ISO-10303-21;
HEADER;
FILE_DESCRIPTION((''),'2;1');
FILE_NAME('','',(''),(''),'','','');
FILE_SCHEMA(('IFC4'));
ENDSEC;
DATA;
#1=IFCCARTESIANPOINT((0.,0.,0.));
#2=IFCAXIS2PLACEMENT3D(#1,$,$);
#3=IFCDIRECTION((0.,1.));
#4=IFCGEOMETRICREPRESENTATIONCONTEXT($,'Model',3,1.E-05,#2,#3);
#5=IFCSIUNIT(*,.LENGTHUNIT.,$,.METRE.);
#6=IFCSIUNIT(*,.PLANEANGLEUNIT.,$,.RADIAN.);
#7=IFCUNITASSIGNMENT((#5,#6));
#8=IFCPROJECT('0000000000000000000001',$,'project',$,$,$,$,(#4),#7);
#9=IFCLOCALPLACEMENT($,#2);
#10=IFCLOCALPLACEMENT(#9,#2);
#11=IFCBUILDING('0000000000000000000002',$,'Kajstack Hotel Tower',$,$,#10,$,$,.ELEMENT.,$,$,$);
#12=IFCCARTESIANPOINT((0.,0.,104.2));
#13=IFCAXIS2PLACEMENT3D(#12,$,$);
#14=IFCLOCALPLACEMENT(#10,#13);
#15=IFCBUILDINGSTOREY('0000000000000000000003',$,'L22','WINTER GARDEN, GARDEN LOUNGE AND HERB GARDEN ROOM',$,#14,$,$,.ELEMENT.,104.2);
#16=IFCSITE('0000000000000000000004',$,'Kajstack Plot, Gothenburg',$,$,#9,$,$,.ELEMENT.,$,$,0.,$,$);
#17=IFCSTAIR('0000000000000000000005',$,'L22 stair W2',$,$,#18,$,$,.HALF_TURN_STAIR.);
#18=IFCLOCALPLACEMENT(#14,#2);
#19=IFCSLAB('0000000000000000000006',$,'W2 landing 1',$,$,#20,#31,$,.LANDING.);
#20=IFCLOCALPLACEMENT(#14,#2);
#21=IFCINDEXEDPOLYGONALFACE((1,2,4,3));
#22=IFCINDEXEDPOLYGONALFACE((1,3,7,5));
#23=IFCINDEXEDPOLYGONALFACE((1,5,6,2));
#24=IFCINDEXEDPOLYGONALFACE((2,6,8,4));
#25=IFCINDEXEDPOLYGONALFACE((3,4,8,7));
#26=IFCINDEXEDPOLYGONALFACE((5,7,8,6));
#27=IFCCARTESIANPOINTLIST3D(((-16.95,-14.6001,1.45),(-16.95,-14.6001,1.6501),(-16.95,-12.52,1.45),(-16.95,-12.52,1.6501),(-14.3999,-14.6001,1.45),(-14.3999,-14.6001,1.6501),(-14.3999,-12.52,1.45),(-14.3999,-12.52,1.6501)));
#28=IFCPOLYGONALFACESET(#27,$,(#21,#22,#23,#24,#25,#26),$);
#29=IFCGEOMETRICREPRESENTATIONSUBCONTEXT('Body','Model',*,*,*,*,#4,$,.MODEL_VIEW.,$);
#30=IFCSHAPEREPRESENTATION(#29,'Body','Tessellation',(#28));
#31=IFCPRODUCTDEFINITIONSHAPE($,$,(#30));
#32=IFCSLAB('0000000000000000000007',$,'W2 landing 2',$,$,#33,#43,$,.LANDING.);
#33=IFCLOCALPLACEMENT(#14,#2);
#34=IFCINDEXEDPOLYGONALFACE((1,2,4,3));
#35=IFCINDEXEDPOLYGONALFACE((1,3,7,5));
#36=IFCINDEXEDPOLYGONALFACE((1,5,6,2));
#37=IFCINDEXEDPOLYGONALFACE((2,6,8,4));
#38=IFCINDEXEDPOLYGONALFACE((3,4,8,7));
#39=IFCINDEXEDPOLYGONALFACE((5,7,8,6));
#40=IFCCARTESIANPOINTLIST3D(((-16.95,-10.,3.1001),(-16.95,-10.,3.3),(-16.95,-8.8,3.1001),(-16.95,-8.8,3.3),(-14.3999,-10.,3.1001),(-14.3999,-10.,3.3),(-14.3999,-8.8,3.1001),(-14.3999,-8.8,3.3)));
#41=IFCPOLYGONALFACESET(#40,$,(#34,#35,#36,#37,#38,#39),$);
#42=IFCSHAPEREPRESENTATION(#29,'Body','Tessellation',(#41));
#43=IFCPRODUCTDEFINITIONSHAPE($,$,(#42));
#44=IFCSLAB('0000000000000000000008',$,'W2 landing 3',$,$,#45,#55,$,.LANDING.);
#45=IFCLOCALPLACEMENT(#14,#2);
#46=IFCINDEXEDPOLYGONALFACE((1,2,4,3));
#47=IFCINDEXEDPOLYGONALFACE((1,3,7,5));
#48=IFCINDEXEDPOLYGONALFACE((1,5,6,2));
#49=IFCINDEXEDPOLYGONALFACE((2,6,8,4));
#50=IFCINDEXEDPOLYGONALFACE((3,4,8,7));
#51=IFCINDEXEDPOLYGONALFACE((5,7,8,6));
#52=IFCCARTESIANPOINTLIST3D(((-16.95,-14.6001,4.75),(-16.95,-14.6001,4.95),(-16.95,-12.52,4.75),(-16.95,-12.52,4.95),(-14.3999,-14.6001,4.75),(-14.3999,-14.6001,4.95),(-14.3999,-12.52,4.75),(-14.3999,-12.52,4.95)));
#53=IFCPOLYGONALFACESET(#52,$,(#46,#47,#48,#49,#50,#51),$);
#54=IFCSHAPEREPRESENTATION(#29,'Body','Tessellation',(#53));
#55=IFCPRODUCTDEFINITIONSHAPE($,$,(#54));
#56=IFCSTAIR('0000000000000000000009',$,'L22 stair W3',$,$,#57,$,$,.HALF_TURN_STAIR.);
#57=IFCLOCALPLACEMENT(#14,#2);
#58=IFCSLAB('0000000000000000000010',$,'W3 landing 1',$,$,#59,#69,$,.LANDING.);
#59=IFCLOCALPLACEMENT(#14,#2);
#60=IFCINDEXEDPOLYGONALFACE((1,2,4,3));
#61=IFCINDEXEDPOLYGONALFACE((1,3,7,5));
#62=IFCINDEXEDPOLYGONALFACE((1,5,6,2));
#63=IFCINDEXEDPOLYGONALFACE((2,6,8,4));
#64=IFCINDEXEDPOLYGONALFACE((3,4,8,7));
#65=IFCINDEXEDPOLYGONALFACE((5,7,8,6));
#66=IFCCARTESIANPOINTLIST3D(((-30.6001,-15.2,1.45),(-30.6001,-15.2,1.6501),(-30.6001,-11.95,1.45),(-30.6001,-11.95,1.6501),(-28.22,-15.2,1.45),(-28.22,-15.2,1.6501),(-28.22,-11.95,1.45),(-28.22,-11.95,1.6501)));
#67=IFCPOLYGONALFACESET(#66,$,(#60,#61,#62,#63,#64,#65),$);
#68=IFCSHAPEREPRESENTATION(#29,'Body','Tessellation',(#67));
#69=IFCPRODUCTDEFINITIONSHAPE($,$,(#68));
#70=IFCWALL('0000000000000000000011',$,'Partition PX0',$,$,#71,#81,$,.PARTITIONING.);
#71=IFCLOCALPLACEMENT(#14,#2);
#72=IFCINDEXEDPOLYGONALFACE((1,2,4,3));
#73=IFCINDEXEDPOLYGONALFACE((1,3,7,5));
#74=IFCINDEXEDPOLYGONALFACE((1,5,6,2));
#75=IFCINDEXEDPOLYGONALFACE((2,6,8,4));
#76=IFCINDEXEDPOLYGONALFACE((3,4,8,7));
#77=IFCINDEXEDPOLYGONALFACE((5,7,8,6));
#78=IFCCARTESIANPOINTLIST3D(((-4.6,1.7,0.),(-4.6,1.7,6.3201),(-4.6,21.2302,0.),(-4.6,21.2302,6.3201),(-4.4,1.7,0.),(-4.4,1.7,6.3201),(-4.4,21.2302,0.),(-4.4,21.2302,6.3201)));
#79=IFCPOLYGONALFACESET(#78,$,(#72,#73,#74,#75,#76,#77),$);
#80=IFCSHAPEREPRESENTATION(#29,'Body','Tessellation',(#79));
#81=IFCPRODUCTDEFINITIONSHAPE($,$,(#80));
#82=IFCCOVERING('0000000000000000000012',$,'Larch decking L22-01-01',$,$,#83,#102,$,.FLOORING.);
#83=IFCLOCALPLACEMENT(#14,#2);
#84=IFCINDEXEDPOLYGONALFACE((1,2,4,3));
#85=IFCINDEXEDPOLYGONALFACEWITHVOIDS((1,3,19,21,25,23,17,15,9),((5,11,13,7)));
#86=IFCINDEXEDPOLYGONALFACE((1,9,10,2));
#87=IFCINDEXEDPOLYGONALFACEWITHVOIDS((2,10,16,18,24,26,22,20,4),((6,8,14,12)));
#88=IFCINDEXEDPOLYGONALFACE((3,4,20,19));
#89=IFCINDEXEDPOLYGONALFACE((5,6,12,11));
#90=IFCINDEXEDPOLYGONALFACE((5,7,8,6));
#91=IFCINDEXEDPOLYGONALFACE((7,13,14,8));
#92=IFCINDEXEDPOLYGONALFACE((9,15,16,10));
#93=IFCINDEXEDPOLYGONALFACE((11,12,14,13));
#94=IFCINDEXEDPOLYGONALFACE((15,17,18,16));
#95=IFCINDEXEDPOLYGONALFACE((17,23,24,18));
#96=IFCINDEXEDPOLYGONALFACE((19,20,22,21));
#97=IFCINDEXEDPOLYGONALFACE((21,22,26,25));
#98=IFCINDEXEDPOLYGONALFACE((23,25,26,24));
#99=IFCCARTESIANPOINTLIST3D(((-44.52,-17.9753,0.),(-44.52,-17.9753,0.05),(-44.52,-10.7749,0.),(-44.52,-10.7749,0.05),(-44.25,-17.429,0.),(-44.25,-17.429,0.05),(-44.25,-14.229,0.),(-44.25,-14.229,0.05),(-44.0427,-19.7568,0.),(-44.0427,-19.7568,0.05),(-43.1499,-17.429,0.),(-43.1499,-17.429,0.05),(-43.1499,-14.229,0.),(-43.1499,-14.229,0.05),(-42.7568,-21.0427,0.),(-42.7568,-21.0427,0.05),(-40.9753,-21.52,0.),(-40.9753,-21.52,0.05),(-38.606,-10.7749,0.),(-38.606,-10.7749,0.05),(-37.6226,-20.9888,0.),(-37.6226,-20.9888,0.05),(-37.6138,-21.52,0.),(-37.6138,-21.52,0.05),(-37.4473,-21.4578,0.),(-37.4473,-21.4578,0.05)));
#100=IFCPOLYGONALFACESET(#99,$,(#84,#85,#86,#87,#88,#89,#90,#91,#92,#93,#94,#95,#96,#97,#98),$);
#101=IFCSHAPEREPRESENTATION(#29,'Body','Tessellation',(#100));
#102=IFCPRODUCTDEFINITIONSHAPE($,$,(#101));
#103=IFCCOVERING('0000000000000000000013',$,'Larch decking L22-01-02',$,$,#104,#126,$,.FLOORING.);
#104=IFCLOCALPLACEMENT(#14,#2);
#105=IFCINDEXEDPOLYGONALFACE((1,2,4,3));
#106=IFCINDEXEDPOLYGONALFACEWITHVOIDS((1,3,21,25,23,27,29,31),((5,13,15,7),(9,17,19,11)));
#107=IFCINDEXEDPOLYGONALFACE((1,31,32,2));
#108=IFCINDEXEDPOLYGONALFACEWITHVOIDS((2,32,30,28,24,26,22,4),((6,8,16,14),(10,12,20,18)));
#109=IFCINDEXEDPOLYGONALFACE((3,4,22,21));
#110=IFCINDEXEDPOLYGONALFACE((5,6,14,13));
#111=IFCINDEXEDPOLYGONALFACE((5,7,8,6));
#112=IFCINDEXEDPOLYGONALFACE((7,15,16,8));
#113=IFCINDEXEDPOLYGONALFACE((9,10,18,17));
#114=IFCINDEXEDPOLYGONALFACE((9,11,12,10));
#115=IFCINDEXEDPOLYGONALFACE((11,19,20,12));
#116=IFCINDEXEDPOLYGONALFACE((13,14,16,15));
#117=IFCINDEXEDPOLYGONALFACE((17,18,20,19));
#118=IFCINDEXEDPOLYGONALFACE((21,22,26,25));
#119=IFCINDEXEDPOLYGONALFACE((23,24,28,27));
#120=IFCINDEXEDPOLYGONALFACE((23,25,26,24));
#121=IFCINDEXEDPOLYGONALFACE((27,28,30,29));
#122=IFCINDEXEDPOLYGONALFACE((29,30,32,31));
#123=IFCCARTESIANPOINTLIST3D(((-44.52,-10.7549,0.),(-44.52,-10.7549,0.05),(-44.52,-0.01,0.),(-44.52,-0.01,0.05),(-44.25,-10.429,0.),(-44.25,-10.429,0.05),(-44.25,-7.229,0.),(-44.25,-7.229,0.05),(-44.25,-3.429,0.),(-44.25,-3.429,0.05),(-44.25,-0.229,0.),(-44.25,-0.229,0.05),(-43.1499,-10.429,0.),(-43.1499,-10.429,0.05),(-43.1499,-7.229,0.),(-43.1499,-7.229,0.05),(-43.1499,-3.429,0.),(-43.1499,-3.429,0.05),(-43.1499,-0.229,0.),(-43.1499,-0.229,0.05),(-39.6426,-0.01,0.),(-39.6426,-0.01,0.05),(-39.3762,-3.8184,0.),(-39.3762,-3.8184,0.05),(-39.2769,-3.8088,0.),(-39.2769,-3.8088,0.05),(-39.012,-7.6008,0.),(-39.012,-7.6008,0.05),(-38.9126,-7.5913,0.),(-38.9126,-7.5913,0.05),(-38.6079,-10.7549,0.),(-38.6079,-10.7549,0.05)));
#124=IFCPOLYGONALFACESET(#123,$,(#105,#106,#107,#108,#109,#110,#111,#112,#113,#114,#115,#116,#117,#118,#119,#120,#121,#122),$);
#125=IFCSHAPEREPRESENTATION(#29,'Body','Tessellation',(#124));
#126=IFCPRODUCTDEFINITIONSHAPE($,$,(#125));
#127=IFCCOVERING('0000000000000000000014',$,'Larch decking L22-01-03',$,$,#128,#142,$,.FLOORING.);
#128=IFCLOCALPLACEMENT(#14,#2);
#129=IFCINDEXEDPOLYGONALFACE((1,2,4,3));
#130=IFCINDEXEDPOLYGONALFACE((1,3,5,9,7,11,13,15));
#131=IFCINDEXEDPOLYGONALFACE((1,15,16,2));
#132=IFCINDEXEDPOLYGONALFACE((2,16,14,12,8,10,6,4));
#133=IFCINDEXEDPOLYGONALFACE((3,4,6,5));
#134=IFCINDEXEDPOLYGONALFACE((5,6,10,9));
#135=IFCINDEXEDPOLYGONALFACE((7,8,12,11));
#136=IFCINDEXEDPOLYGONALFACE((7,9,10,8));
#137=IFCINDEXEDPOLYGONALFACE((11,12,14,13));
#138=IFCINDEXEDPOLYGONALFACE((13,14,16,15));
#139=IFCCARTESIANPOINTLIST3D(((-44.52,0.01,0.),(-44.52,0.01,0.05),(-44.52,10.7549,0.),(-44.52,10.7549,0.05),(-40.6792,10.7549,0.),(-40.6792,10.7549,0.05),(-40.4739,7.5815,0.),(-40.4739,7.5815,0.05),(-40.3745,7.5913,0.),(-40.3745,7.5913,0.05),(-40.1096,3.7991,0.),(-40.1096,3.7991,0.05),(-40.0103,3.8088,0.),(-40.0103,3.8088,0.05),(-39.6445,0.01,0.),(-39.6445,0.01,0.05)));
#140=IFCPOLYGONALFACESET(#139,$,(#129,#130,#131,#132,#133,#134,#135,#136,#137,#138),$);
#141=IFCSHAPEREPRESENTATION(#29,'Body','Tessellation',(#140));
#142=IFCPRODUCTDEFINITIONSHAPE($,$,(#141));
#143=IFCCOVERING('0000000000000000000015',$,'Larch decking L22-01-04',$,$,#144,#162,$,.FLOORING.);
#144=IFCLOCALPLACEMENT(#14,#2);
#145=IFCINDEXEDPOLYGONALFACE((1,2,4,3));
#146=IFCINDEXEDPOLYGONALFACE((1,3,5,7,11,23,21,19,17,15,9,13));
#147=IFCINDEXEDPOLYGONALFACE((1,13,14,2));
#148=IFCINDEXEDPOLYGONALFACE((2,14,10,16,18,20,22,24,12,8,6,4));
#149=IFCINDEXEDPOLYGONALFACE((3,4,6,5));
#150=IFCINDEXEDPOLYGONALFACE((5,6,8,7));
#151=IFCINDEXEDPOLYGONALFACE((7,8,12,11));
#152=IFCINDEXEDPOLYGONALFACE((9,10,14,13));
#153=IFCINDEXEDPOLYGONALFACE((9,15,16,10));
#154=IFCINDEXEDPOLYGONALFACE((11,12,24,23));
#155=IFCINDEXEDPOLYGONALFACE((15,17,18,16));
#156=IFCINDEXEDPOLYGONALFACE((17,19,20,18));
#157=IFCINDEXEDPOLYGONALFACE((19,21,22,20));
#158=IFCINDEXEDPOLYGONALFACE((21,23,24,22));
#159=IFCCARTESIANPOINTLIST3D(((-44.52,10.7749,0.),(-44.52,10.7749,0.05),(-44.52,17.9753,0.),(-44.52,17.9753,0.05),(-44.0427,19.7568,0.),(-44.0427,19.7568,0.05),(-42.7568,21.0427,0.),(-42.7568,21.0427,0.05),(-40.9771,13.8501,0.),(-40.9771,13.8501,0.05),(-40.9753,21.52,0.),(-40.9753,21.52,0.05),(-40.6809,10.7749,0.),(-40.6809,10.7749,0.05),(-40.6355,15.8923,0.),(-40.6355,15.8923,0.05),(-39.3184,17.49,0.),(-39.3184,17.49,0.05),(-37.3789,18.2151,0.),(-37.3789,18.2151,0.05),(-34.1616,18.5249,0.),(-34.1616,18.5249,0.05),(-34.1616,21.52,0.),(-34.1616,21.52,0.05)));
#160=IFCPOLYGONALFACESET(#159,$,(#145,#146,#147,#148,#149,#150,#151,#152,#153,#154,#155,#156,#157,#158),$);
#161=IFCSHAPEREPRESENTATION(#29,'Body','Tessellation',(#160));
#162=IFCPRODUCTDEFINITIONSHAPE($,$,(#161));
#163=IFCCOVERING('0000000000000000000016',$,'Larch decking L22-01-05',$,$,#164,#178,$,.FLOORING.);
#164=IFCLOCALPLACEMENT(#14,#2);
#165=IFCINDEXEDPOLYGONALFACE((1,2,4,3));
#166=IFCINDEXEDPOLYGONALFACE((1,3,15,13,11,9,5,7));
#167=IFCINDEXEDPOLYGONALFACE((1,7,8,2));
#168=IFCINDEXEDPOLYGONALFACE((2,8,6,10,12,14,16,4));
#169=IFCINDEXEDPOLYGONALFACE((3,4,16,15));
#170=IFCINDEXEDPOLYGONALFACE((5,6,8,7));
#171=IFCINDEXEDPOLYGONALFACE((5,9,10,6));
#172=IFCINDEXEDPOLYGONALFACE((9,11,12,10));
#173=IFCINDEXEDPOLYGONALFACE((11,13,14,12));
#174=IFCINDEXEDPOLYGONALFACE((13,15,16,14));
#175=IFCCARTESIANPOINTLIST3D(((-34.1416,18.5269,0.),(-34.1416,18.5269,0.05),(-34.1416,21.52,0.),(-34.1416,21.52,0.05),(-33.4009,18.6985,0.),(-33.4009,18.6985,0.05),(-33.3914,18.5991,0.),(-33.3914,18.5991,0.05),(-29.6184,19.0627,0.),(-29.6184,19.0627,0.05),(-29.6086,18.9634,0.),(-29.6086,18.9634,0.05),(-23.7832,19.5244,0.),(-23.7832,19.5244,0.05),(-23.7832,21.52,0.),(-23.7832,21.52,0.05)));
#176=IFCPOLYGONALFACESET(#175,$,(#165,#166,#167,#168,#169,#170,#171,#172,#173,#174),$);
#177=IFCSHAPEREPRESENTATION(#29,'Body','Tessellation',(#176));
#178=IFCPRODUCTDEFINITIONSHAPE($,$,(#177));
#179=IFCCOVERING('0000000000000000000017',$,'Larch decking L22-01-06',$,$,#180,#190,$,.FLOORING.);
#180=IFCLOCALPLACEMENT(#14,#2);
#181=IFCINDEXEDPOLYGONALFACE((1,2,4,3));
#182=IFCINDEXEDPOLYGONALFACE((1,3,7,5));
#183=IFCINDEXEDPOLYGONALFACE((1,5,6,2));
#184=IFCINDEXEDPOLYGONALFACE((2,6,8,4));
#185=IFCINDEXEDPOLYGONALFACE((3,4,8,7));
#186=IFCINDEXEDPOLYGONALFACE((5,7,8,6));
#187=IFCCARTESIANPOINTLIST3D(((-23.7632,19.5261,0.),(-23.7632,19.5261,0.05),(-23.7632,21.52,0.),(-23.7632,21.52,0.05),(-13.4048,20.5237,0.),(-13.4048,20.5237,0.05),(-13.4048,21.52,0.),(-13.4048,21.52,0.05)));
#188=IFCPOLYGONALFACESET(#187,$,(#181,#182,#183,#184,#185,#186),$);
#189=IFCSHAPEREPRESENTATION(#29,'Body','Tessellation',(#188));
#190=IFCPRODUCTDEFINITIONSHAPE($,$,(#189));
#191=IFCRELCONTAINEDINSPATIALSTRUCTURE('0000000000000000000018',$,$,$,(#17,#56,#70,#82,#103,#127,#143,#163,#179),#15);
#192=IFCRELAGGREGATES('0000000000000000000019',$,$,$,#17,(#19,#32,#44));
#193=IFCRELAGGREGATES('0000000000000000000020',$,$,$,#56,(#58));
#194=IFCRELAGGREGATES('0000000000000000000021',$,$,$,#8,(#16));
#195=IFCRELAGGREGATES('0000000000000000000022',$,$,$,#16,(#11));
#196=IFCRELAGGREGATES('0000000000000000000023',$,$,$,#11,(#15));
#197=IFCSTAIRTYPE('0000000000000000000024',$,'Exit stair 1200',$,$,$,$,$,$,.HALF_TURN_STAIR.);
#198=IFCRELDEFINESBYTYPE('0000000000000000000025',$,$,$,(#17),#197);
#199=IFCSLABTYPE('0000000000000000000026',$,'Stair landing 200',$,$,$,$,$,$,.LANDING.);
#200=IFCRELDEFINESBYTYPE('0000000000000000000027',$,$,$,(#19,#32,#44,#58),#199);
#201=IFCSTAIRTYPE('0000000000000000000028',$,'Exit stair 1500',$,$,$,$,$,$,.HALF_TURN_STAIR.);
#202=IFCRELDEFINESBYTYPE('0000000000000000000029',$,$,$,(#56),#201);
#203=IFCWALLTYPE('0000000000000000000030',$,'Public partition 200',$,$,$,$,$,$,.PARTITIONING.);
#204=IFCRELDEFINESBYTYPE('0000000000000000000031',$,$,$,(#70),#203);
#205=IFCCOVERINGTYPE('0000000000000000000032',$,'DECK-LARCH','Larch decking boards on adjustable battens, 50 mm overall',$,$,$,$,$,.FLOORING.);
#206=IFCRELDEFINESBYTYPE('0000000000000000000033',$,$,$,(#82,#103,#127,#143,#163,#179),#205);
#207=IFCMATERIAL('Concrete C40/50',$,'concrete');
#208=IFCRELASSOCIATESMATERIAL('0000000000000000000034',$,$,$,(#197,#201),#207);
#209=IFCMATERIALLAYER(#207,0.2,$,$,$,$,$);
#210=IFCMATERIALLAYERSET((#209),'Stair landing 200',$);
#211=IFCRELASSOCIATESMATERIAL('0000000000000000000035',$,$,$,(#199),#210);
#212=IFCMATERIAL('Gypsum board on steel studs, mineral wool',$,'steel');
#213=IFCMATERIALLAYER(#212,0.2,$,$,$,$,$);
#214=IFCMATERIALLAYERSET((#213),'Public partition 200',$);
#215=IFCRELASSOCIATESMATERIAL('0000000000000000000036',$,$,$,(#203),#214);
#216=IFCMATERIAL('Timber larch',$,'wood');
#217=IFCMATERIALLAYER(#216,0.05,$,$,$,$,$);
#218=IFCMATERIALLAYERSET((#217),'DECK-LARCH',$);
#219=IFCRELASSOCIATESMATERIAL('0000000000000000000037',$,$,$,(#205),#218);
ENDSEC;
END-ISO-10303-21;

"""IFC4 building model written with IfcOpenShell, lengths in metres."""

from ifc_helpers import new_model, si_unit, direction, frame, frame_2d, origin, place, context, subcontext, project, spatial, polyline, rectangle, outline, extrude, material, layer, layer_set, type_object, element, aggregate, save


model = new_model("IFC4")

# Units and contexts
model_context = context("Model", 3, precision=1e-05, world=origin(), true_north=direction((0.0, 1.0)))
body_context = subcontext(model_context, "Body", "Model", "MODEL_VIEW")
ifc_project = project(units=[si_unit("LENGTHUNIT", "METRE"), si_unit("PLANEANGLEUNIT", "RADIAN")], contexts=[model_context])

# Site, building, storey
site_placement = place(None, origin())
site = spatial("IfcSite", under=ifc_project, at=site_placement, Name="Kajstack Plot, Gothenburg", CompositionType="ELEMENT", RefElevation=0.0)
building_placement = place(site_placement, origin())
building = spatial("IfcBuilding", under=site, at=building_placement, Name="Kajstack Hotel Tower", CompositionType="ELEMENT")
storey_placement = place(building_placement, frame((0.0, 0.0, 104.2)))
storey = spatial("IfcBuildingStorey", under=building, at=storey_placement, Name="L22", Description="WINTER GARDEN, GARDEN LOUNGE AND HERB GARDEN ROOM", CompositionType="ELEMENT", Elevation=104.2)

# Stair, slabs
ifc_material_1 = material(Name="Concrete C40/50", Category="concrete")
stair_type_1 = type_object("IfcStairType", Name="Exit stair 1200", PredefinedType="HALF_TURN_STAIR", material=ifc_material_1)
ifc_layer_1 = layer(ifc_material_1, 0.2)
ifc_layer_set_1 = layer_set([ifc_layer_1], Name="Stair landing 200")
slab_type_1 = type_object("IfcSlabType", Name="Stair landing 200", PredefinedType="LANDING", material=ifc_layer_set_1)
stair_1_placement = place(storey_placement, origin())
stair_1 = element("IfcStair", 1, at=stair_1_placement, inside=storey, type_object=stair_type_1, Name="L22 stair W2", PredefinedType="HALF_TURN_STAIR")
slab_1_placement = place(storey_placement, frame((0.0, 0.0, 1.45)))
slab_1 = element("IfcSlab", 2, at=slab_1_placement, type_object=slab_type_1, Name="W2 landing 1", PredefinedType="LANDING", context=body_context, shape_type="SweptSolid", body=[
    extrude(outline(polyline([(-16.95, -12.52), (-16.95, -14.6001), (-14.3999, -14.6001), (-14.3999, -12.52), (-16.95, -12.52)])), origin(), (0.0, 0.0, 1.0), 0.2002),
])
slab_2_placement = place(storey_placement, frame((0.0, 0.0, 3.1001)))
slab_2 = element("IfcSlab", 3, at=slab_2_placement, type_object=slab_type_1, Name="W2 landing 2", PredefinedType="LANDING", context=body_context, shape_type="SweptSolid", body=[
    extrude(outline(polyline([(-16.95, -8.8), (-16.95, -10.0), (-14.3999, -10.0), (-14.3999, -8.8), (-16.95, -8.8)])), origin(), (0.0, 0.0, 1.0), 0.2),
])
slab_3_placement = place(storey_placement, frame((0.0, 0.0, 4.75)))
slab_3 = element("IfcSlab", 4, at=slab_3_placement, type_object=slab_type_1, Name="W2 landing 3", PredefinedType="LANDING", context=body_context, shape_type="SweptSolid", body=[
    extrude(outline(polyline([(-16.95, -12.52), (-16.95, -14.6001), (-14.3999, -14.6001), (-14.3999, -12.52), (-16.95, -12.52)])), origin(), (0.0, 0.0, 1.0), 0.2),
])
aggregate(stair_1, [slab_1, slab_2, slab_3])

# Stair, slab
stair_type_2 = type_object("IfcStairType", Name="Exit stair 1500", PredefinedType="HALF_TURN_STAIR", material=ifc_material_1)
stair_2_placement = place(storey_placement, origin())
stair_2 = element("IfcStair", 5, at=stair_2_placement, inside=storey, type_object=stair_type_2, Name="L22 stair W3", PredefinedType="HALF_TURN_STAIR")
slab_4_placement = place(storey_placement, frame((0.0, 0.0, 1.45)))
slab_4 = element("IfcSlab", 6, at=slab_4_placement, type_object=slab_type_1, Name="W3 landing 1", PredefinedType="LANDING", context=body_context, shape_type="SweptSolid", body=[
    extrude(outline(polyline([(-28.22, -11.95), (-30.6001, -11.95), (-30.6001, -15.2), (-28.22, -15.2), (-28.22, -11.95)])), origin(), (0.0, 0.0, 1.0), 0.2002),
])
aggregate(stair_2, [slab_4])

# Wall
ifc_material_2 = material(Name="Gypsum board on steel studs, mineral wool", Category="steel")
ifc_layer_2 = layer(ifc_material_2, 0.2)
ifc_layer_set_2 = layer_set([ifc_layer_2], Name="Public partition 200")
wall_type = type_object("IfcWallType", Name="Public partition 200", PredefinedType="PARTITIONING", material=ifc_layer_set_2)
wall_placement = place(storey_placement, frame((-4.5, 1.7, 0.0), z_axis=(0.0, 0.0, 1.0), x_axis=(0.0, 1.0, 0.0)))
element("IfcWall", 7, at=wall_placement, inside=storey, type_object=wall_type, Name="Partition PX0", PredefinedType="PARTITIONING", context=body_context, shape_type="SweptSolid", body=[
    extrude(rectangle(XDim=19.5303, YDim=0.2, at=frame_2d((9.7651, 0.0))), origin(), (0.0, 0.0, 1.0), 6.3201),
])

# Coverings
ifc_material_3 = material(Name="Timber larch", Category="wood")
ifc_layer_3 = layer(ifc_material_3, 0.05)
ifc_layer_set_3 = layer_set([ifc_layer_3], Name="DECK-LARCH")
covering_type = type_object("IfcCoveringType", Name="DECK-LARCH", Description="Larch decking boards on adjustable battens, 50 mm overall", PredefinedType="FLOORING", material=ifc_layer_set_3)
covering_1_placement = place(storey_placement, origin())
element("IfcCovering", 8, at=covering_1_placement, inside=storey, type_object=covering_type, Name="Larch decking L22-01-01", PredefinedType="FLOORING", context=body_context, shape_type="SweptSolid", body=[
    extrude(outline(polyline([(-38.606, -10.7749), (-44.52, -10.7749), (-44.52, -17.9753), (-44.0427, -19.7568), (-42.7568, -21.0427), (-40.9753, -21.52), (-37.6138, -21.52), (-37.4473, -21.4578), (-37.6226, -20.9888), (-38.606, -10.7749)]), holes=[polyline([(-44.25, -14.229), (-43.1499, -14.229), (-43.1499, -17.429), (-44.25, -17.429), (-44.25, -14.229)])]), origin(), (0.0, 0.0, 1.0), 0.05),
])
covering_2_placement = place(storey_placement, origin())
element("IfcCovering", 9, at=covering_2_placement, inside=storey, type_object=covering_type, Name="Larch decking L22-01-02", PredefinedType="FLOORING", context=body_context, shape_type="SweptSolid", body=[
    extrude(outline(polyline([(-39.6426, -0.01), (-44.52, -0.01), (-44.52, -10.7549), (-38.6079, -10.7549), (-38.9126, -7.5913), (-39.012, -7.6008), (-39.3762, -3.8184), (-39.2769, -3.8088), (-39.6426, -0.01)]), holes=[polyline([(-44.25, -10.429), (-44.25, -7.229), (-43.1499, -7.229), (-43.1499, -10.429), (-44.25, -10.429)]), polyline([(-44.25, -0.229), (-43.1499, -0.229), (-43.1499, -3.429), (-44.25, -3.429), (-44.25, -0.229)])]), origin(), (0.0, 0.0, 1.0), 0.05),
])
covering_3_placement = place(storey_placement, origin())
element("IfcCovering", 10, at=covering_3_placement, inside=storey, type_object=covering_type, Name="Larch decking L22-01-03", PredefinedType="FLOORING", context=body_context, shape_type="SweptSolid", body=[
    extrude(outline(polyline([(-40.6792, 10.7549), (-44.52, 10.7549), (-44.52, 0.01), (-39.6445, 0.01), (-40.0103, 3.8088), (-40.1096, 3.7991), (-40.4739, 7.5815), (-40.3745, 7.5913), (-40.6792, 10.7549)])), origin(), (0.0, 0.0, 1.0), 0.05),
])
covering_4_placement = place(storey_placement, origin())
element("IfcCovering", 11, at=covering_4_placement, inside=storey, type_object=covering_type, Name="Larch decking L22-01-04", PredefinedType="FLOORING", context=body_context, shape_type="SweptSolid", body=[
    extrude(outline(polyline([(-40.6355, 15.8923), (-39.3184, 17.49), (-37.3789, 18.2151), (-34.1616, 18.5249), (-34.1616, 21.52), (-40.9753, 21.52), (-42.7568, 21.0427), (-44.0427, 19.7568), (-44.52, 17.9753), (-44.52, 10.7749), (-40.6809, 10.7749), (-40.9771, 13.8501), (-40.6355, 15.8923)])), origin(), (0.0, 0.0, 1.0), 0.05),
])
covering_5_placement = place(storey_placement, origin())
element("IfcCovering", 12, at=covering_5_placement, inside=storey, type_object=covering_type, Name="Larch decking L22-01-05", PredefinedType="FLOORING", context=body_context, shape_type="SweptSolid", body=[
    extrude(outline(polyline([(-23.7832, 19.5244), (-23.7832, 21.52), (-34.1416, 21.52), (-34.1416, 18.5269), (-33.3914, 18.5991), (-33.4009, 18.6985), (-29.6184, 19.0627), (-29.6086, 18.9634), (-23.7832, 19.5244)])), origin(), (0.0, 0.0, 1.0), 0.05),
])
covering_6_placement = place(storey_placement, origin())
element("IfcCovering", 13, at=covering_6_placement, inside=storey, type_object=covering_type, Name="Larch decking L22-01-06", PredefinedType="FLOORING", context=body_context, shape_type="SweptSolid", body=[
    extrude(outline(polyline([(-13.4048, 20.5237), (-13.4048, 21.52), (-23.7632, 21.52), (-23.7632, 19.5261), (-13.4048, 20.5237)])), origin(), (0.0, 0.0, 1.0), 0.05),
])

save(model, "model.ifc")
